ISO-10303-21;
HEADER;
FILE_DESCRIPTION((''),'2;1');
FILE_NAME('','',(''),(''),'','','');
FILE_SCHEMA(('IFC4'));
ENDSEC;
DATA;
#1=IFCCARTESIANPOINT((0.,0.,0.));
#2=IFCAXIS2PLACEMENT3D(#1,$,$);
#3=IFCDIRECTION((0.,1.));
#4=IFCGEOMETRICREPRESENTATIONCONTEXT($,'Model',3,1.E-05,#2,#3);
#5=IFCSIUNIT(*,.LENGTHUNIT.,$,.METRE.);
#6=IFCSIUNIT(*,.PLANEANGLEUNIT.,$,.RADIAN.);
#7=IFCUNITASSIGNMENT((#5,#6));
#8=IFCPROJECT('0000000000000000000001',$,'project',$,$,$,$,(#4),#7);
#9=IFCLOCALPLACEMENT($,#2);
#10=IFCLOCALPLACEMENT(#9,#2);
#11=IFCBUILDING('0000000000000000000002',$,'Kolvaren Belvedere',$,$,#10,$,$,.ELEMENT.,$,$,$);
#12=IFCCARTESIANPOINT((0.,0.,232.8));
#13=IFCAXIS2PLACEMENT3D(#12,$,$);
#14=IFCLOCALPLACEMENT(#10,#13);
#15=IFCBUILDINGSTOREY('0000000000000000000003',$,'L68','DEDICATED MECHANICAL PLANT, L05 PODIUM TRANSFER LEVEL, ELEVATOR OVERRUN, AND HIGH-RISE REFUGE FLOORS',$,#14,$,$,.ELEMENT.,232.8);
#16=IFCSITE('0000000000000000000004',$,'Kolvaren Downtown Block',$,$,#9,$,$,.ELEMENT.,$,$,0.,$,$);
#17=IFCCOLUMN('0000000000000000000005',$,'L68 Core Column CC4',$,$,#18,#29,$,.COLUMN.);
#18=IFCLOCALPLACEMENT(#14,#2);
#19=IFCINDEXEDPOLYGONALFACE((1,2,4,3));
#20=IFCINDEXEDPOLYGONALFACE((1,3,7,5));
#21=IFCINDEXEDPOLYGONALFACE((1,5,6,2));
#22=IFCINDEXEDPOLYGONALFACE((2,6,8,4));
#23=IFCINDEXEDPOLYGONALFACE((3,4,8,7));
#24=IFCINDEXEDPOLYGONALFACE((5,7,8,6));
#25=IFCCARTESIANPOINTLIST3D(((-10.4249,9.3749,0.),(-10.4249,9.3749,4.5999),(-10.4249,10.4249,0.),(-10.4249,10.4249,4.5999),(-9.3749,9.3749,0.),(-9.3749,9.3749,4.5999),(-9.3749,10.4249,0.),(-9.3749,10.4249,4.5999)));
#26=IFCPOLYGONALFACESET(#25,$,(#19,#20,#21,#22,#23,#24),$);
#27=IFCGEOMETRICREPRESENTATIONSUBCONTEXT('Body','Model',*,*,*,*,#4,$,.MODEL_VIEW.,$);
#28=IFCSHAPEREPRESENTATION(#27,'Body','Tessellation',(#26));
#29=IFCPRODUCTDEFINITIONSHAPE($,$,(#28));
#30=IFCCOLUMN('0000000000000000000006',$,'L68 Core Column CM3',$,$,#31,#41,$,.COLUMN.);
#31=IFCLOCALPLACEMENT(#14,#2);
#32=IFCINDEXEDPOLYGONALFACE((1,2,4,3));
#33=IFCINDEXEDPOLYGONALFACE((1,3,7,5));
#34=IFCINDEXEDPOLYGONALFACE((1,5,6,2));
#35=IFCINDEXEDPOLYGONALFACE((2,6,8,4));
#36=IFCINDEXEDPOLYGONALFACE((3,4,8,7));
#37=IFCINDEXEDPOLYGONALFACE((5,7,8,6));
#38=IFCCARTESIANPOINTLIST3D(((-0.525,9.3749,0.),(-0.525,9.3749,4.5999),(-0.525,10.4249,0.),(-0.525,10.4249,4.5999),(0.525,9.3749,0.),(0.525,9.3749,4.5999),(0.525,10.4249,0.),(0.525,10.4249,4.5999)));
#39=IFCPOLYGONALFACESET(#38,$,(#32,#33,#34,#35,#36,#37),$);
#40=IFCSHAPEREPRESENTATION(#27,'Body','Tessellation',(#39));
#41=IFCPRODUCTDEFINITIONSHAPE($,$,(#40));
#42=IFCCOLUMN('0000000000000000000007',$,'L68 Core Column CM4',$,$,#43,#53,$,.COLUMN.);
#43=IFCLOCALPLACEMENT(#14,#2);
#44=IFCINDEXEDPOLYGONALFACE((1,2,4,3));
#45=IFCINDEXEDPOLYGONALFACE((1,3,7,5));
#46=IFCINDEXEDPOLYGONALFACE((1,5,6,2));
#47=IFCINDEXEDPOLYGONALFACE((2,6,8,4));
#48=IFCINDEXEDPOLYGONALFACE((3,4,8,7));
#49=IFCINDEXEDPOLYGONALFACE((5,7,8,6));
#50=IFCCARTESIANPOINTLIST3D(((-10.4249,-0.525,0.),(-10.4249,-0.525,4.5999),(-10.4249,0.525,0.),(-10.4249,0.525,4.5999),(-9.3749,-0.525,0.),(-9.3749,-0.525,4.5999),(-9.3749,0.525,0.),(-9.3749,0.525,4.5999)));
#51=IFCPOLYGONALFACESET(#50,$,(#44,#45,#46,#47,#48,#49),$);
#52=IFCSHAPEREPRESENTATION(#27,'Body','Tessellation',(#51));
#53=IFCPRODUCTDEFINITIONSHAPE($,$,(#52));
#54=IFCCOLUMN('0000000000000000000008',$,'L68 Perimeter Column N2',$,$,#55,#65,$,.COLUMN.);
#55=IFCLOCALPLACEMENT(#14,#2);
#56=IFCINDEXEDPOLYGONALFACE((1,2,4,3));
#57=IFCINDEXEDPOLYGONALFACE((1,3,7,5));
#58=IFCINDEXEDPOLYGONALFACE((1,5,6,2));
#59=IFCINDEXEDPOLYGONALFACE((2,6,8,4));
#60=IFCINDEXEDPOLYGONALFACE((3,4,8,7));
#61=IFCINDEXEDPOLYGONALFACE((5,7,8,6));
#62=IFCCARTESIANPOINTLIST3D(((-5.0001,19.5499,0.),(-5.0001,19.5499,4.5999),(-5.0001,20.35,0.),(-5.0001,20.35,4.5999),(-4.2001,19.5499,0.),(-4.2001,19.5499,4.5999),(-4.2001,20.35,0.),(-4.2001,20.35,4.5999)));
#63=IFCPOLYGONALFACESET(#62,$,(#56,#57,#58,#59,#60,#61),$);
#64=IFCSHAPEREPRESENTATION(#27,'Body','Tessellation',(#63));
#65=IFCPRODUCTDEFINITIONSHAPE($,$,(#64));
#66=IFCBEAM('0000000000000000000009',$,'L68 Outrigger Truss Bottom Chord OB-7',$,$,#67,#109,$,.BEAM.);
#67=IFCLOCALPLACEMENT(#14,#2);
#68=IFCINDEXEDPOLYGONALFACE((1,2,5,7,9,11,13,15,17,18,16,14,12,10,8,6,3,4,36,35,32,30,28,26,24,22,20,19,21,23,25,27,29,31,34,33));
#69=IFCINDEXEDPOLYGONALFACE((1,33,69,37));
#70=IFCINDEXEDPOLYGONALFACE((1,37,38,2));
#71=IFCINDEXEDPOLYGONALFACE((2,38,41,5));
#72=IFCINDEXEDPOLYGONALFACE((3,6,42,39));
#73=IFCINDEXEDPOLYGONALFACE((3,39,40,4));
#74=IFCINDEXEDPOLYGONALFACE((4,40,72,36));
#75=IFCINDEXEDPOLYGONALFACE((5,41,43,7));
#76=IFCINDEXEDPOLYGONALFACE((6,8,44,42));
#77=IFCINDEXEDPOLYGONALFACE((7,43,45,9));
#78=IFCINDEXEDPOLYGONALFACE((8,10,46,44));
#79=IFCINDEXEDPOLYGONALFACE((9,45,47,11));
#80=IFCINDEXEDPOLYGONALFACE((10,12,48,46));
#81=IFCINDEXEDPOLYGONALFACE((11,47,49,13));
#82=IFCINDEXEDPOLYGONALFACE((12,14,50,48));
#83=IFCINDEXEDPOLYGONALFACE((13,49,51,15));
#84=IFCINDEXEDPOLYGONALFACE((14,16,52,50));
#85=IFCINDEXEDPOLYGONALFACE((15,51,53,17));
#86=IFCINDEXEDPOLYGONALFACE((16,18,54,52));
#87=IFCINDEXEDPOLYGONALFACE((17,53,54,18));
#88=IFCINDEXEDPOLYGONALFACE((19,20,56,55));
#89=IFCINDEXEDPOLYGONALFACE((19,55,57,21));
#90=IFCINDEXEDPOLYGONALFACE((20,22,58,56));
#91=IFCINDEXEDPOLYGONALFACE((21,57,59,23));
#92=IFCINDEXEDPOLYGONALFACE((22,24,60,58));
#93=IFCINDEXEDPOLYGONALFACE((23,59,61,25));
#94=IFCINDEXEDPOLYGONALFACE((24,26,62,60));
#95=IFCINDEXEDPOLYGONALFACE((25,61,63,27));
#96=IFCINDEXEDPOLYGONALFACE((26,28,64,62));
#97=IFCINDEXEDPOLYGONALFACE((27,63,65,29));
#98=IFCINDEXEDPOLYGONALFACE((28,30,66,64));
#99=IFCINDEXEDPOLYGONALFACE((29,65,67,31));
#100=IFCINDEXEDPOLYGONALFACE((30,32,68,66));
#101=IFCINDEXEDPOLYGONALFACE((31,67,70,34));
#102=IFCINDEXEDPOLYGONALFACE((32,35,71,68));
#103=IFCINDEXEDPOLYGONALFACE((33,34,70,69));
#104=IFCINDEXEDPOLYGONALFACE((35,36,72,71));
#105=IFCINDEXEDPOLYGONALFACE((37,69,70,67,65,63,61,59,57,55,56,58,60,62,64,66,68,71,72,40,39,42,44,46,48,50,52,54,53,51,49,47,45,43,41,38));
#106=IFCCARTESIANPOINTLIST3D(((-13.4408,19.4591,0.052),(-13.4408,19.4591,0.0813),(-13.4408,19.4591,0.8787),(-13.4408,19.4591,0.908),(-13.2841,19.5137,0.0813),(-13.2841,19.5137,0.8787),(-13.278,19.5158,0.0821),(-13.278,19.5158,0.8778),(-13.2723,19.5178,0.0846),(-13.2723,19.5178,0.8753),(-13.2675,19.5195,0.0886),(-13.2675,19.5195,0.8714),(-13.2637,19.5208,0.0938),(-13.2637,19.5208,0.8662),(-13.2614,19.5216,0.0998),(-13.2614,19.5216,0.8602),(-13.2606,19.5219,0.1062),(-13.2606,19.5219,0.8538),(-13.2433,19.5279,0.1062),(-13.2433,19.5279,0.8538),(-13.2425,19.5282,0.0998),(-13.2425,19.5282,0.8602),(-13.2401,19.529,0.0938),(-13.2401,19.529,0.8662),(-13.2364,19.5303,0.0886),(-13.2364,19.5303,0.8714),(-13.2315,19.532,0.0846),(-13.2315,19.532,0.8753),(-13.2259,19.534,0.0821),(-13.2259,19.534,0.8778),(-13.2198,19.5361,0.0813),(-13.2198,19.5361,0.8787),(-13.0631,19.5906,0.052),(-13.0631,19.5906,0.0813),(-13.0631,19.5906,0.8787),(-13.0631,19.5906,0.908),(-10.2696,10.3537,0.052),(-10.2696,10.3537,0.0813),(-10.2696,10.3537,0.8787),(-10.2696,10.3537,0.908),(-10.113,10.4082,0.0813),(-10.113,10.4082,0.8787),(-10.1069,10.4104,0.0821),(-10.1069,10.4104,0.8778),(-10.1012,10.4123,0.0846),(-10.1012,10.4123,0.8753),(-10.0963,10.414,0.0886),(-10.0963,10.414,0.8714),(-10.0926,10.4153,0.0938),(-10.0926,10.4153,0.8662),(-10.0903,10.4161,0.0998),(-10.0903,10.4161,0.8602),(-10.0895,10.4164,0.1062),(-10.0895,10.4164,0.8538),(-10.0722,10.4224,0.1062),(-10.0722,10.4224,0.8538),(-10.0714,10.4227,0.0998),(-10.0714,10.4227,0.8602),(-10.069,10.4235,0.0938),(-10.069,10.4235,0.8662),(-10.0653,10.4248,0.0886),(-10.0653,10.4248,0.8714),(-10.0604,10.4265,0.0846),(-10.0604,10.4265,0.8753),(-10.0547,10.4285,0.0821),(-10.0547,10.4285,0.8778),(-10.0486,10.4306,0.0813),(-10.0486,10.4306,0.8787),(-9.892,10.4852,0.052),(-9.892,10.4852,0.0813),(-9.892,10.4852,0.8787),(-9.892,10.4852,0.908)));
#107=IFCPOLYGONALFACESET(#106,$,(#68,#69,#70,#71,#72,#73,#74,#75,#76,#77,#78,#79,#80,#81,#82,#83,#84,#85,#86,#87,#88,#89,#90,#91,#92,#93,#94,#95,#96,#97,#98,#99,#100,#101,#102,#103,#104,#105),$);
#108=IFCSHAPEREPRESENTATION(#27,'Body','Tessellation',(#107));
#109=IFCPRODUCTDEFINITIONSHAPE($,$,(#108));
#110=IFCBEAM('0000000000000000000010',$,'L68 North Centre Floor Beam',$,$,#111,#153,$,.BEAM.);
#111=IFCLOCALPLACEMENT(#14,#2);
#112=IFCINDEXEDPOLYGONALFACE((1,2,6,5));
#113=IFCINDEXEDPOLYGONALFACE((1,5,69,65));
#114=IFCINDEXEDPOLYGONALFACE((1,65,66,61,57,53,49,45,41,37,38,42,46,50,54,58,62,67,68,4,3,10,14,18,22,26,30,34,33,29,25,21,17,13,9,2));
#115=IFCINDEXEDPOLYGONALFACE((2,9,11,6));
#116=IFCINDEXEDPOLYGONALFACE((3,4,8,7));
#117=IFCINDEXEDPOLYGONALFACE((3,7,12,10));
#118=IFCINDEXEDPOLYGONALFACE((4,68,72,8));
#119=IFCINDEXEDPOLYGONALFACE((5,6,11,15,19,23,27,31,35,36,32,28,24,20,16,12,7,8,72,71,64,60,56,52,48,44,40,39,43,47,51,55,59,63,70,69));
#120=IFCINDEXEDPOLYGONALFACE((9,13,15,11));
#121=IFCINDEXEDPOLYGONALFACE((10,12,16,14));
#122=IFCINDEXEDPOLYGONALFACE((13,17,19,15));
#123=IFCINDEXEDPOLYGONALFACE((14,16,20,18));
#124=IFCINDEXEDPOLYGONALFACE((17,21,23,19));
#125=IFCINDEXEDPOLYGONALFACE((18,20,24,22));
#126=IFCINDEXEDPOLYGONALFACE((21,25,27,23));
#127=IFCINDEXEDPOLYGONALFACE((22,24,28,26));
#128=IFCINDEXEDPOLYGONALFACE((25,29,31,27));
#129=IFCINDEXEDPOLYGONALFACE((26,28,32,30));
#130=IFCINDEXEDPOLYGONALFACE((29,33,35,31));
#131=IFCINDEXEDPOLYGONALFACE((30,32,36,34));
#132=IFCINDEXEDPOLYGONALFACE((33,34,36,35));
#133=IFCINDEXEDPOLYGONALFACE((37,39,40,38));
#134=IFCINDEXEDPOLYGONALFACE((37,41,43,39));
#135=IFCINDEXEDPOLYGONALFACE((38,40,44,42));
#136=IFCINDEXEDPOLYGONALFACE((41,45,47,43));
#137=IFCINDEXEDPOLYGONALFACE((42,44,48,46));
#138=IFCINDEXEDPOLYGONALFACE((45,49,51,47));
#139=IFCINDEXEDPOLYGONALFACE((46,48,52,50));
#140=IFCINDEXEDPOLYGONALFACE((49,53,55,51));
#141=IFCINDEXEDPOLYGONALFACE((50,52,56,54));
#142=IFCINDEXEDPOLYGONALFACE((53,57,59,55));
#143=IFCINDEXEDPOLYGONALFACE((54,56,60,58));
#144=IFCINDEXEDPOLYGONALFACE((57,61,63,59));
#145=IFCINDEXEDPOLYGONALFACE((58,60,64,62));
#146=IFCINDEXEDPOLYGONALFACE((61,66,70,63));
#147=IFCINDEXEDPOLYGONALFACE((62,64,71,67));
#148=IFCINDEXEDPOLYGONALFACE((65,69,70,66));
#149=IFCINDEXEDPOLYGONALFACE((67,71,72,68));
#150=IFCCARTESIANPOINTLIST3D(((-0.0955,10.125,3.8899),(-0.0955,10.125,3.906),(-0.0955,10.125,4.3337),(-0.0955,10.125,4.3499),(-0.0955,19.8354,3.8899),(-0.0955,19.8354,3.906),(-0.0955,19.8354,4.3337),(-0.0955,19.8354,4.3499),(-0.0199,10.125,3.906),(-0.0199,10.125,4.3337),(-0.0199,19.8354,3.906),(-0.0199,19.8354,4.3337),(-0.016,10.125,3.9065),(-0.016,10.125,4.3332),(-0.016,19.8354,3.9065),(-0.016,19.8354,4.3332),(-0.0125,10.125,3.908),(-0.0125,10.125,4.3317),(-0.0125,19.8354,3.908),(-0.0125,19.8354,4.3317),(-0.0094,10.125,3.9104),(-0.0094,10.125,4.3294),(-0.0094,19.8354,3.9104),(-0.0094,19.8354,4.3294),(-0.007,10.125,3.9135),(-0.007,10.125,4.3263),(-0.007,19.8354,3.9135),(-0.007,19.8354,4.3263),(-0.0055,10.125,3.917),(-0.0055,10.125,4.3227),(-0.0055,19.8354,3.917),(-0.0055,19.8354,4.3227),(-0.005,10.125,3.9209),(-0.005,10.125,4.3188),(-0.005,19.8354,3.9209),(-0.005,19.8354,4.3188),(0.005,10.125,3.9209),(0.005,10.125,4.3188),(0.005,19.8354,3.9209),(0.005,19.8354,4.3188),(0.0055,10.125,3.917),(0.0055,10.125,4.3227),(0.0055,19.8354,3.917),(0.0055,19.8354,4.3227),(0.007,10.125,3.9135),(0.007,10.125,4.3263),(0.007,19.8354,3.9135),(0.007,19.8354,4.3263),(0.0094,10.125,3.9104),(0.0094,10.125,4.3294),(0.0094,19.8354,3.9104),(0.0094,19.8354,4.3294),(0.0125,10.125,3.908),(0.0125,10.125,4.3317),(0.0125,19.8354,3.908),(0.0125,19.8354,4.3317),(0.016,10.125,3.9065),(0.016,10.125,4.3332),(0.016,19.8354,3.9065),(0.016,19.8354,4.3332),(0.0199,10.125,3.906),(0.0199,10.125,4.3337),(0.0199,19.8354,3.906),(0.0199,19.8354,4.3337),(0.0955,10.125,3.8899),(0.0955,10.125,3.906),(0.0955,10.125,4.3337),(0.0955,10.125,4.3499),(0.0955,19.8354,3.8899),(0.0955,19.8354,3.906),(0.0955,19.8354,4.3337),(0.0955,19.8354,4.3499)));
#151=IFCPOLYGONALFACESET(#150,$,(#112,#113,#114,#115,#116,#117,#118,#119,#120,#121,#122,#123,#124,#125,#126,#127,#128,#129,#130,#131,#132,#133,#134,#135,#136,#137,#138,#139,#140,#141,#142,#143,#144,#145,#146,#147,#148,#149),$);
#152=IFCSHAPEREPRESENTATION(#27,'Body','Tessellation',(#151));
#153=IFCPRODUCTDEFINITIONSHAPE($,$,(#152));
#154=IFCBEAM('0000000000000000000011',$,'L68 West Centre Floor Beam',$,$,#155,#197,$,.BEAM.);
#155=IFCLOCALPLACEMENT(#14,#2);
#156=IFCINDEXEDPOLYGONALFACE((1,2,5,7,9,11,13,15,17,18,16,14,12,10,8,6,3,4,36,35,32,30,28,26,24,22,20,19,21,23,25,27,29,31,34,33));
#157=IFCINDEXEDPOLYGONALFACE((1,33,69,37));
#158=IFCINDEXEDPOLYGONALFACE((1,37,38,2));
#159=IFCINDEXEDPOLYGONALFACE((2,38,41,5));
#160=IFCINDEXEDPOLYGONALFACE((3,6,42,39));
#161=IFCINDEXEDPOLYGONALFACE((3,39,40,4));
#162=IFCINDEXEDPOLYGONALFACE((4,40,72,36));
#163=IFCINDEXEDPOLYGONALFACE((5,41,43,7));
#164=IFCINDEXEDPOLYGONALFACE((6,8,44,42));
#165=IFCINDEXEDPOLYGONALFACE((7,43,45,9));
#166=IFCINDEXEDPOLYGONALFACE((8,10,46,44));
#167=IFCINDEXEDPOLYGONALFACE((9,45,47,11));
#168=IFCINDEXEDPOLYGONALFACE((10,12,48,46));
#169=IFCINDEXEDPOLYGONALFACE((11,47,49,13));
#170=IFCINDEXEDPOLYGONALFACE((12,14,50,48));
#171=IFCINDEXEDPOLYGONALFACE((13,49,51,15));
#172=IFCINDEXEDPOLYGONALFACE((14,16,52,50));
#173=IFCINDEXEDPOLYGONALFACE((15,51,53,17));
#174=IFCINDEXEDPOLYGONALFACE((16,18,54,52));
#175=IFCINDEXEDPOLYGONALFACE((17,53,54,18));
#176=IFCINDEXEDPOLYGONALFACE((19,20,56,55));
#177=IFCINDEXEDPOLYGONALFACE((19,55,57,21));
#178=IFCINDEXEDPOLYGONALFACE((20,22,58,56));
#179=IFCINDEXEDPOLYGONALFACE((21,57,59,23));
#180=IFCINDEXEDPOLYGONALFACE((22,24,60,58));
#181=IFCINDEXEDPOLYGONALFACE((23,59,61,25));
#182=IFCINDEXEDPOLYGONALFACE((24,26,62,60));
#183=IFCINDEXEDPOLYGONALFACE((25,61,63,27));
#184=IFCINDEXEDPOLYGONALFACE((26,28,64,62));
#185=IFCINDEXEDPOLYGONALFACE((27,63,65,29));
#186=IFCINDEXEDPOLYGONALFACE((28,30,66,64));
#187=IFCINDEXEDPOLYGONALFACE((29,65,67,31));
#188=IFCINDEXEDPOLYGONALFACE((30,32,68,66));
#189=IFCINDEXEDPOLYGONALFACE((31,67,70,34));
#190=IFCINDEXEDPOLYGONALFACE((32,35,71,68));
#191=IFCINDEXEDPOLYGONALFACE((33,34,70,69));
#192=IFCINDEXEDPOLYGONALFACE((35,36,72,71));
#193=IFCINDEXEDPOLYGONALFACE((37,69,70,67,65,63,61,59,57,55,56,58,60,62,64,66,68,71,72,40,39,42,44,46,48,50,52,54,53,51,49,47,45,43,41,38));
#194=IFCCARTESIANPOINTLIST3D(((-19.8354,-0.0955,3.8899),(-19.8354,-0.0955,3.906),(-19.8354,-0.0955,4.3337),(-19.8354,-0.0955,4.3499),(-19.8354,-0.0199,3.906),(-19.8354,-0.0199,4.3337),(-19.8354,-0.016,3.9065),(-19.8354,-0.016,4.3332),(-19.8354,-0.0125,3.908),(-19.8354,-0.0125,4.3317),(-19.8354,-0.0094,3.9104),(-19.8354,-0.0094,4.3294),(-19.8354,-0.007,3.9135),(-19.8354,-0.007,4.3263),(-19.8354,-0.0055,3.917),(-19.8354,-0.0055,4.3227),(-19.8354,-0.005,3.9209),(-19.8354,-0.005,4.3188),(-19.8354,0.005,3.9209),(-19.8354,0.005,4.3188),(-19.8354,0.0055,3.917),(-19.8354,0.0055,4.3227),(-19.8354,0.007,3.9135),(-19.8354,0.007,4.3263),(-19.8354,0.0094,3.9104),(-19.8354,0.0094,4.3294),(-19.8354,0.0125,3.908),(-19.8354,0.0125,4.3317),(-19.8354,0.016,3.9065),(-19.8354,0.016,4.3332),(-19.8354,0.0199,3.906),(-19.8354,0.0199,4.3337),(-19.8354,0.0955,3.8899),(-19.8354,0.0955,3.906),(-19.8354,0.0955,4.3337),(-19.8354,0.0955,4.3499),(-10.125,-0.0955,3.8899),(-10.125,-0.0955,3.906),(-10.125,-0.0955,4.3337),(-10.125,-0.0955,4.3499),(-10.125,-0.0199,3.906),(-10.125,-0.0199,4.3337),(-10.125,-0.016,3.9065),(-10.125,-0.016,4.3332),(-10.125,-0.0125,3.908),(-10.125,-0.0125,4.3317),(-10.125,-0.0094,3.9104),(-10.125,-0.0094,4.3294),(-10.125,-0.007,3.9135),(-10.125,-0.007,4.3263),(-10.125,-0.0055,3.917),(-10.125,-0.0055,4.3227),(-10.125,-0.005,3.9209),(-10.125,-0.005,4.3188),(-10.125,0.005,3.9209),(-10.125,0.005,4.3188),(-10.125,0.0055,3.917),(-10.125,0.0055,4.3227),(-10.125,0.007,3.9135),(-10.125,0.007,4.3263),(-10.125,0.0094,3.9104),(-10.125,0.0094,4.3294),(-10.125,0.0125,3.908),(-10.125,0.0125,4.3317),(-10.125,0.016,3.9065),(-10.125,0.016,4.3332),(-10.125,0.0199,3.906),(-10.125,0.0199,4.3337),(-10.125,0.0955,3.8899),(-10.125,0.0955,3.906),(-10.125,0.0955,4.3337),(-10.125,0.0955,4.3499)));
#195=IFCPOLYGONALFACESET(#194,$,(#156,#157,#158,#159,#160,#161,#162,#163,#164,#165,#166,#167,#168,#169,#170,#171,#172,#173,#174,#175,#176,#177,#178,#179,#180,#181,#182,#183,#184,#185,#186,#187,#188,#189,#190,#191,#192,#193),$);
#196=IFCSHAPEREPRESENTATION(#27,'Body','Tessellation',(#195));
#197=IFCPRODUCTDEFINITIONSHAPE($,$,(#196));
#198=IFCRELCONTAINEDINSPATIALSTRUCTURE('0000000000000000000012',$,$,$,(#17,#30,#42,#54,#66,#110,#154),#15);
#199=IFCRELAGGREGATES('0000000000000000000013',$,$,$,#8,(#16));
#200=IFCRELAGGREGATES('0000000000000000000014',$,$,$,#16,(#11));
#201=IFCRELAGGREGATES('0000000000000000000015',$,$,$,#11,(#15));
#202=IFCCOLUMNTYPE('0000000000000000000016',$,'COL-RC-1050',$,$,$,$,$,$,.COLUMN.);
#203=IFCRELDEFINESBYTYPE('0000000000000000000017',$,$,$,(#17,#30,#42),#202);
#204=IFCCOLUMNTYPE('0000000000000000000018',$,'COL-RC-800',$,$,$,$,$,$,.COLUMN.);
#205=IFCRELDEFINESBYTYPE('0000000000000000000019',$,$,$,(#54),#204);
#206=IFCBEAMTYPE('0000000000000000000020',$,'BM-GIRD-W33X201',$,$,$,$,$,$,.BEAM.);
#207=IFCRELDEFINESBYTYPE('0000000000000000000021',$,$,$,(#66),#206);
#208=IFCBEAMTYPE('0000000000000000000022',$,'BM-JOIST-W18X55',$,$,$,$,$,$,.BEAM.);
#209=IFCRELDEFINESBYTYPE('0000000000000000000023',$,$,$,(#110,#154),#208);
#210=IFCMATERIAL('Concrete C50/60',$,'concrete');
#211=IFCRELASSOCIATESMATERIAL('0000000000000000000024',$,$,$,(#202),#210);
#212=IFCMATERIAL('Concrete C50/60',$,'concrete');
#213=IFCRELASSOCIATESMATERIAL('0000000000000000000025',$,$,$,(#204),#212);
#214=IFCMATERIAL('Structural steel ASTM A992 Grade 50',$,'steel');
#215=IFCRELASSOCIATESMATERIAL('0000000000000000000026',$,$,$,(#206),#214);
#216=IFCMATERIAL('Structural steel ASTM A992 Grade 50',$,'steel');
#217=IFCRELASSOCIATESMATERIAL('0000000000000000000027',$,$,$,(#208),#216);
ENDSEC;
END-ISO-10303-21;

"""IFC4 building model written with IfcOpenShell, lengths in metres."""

from ifc_helpers import new_model, si_unit, direction, frame, origin, origin_2d, place, context, subcontext, project, spatial, rectangle, i_section, extrude, material, material_profile, profile_set, type_object, element, save


model = new_model("IFC4")

# Units and contexts
model_context = context("Model", 3, precision=1e-05, world=origin(), true_north=direction((0.0, 1.0)))
body_context = subcontext(model_context, "Body", "Model", "MODEL_VIEW")
ifc_project = project(units=[si_unit("LENGTHUNIT", "METRE"), si_unit("PLANEANGLEUNIT", "RADIAN")], contexts=[model_context])

# Site, building, storey
site_placement = place(None, origin())
site = spatial("IfcSite", under=ifc_project, at=site_placement, Name="Kolvaren Downtown Block", CompositionType="ELEMENT", RefElevation=0.0)
building_placement = place(site_placement, origin())
building = spatial("IfcBuilding", under=site, at=building_placement, Name="Kolvaren Belvedere", CompositionType="ELEMENT")
storey_placement = place(building_placement, frame((0.0, 0.0, 232.8)))
storey = spatial("IfcBuildingStorey", under=building, at=storey_placement, Name="L68", Description="DEDICATED MECHANICAL PLANT, L05 PODIUM TRANSFER LEVEL, ELEVATOR OVERRUN, AND HIGH-RISE REFUGE FLOORS", CompositionType="ELEMENT", Elevation=232.8)

# Columns
ifc_material_1 = material(Name="Concrete C50/60", Category="concrete")
ifc_material_profile_1 = material_profile(ifc_material_1, rectangle(XDim=1.05, YDim=1.05, at=origin_2d()), Name="RC 1050X1050")
ifc_profile_set_1 = profile_set([ifc_material_profile_1], Name="Concrete C50/60")
column_type_1 = type_object("IfcColumnType", Name="COL-RC-1050", PredefinedType="COLUMN", material=ifc_profile_set_1)
for number, where, z_axis, x_axis, name in (
    (1, (-9.8999, 9.8999, 0.0), (0.0, 0.0, 1.0), (1.0, 0.0, 0.0), "L68 Core Column CC4"),
    (2, (0.0, 9.8999, 0.0), (0.0, 0.0, 1.0), (1.0, 0.0, 0.0), "L68 Core Column CM3"),
    (3, (-9.8999, 0.0, 0.0), (0.0, 0.0, 1.0), (1.0, 0.0, 0.0), "L68 Core Column CM4"),
):
    element("IfcColumn", number, at=place(storey_placement, frame(where, z_axis=z_axis, x_axis=x_axis)), inside=storey, type_object=column_type_1, Name=name, PredefinedType="COLUMN", context=body_context, shape_type="SweptSolid", body=[
        extrude(rectangle(XDim=1.05, YDim=1.05, at=origin_2d()), origin(), (0.0, 0.0, 1.0), 4.5999),
    ])
ifc_material_2 = material(Name="Concrete C50/60", Category="concrete")
ifc_material_profile_2 = material_profile(ifc_material_2, rectangle(XDim=0.8, YDim=0.8, at=origin_2d()), Name="RC 800X800")
ifc_profile_set_2 = profile_set([ifc_material_profile_2], Name="Concrete C50/60")
column_type_2 = type_object("IfcColumnType", Name="COL-RC-800", PredefinedType="COLUMN", material=ifc_profile_set_2)
column_placement = place(storey_placement, frame((-4.6001, 19.95, 0.0), z_axis=(0.0, 0.0, 1.0), x_axis=(1.0, 0.0, 0.0)))
element("IfcColumn", 4, at=column_placement, inside=storey, type_object=column_type_2, Name="L68 Perimeter Column N2", PredefinedType="COLUMN", context=body_context, shape_type="SweptSolid", body=[
    extrude(rectangle(XDim=0.8, YDim=0.8, at=origin_2d()), origin(), (0.0, 0.0, 1.0), 4.5999),
])

# Beams
ifc_material_3 = material(Name="Structural steel ASTM A992 Grade 50", Category="steel")
ifc_material_profile_3 = material_profile(ifc_material_3, i_section(OverallWidth=0.3999, OverallDepth=0.856, WebThickness=0.0183, FlangeThickness=0.0293, FilletRadius=0.0249, at=origin_2d()), Name="W33X201")
ifc_profile_set_3 = profile_set([ifc_material_profile_3], Name="Structural steel ASTM A992 Grade 50")
beam_type_1 = type_object("IfcBeamType", Name="BM-GIRD-W33X201", PredefinedType="BEAM", material=ifc_profile_set_3)
beam_1_placement = place(storey_placement, frame((-10.0808, 10.4194, 0.48), z_axis=(-0.328893, 0.944367, 0.0), x_axis=(-0.944367, -0.328893, 0.0)))
element("IfcBeam", 5, at=beam_1_placement, inside=storey, type_object=beam_type_1, Name="L68 Outrigger Truss Bottom Chord OB-7", PredefinedType="BEAM", context=body_context, shape_type="SweptSolid", body=[
    extrude(i_section(OverallWidth=0.3999, OverallDepth=0.856, WebThickness=0.0183, FlangeThickness=0.0293, FilletRadius=0.0249, at=origin_2d()), origin(), (0.0, 0.0, 1.0), 9.6418),
])
ifc_material_4 = material(Name="Structural steel ASTM A992 Grade 50", Category="steel")
ifc_material_profile_4 = material_profile(ifc_material_4, i_section(OverallWidth=0.1909, OverallDepth=0.46, WebThickness=0.01, FlangeThickness=0.0161, FilletRadius=0.0149, at=origin_2d()), Name="W18X55")
ifc_profile_set_4 = profile_set([ifc_material_profile_4], Name="Structural steel ASTM A992 Grade 50")
beam_type_2 = type_object("IfcBeamType", Name="BM-JOIST-W18X55", PredefinedType="BEAM", material=ifc_profile_set_4)
for number, where, z_axis, x_axis, name in (
    (6, (0.0, 10.125, 4.1199), (0.0, 1.0, 0.0), (-1.0, 0.0, 0.0), "L68 North Centre Floor Beam"),
    (7, (-10.125, 0.0, 4.1199), (-1.0, 0.0, 0.0), (0.0, -1.0, 0.0), "L68 West Centre Floor Beam"),
):
    element("IfcBeam", number, at=place(storey_placement, frame(where, z_axis=z_axis, x_axis=x_axis)), inside=storey, type_object=beam_type_2, Name=name, PredefinedType="BEAM", context=body_context, shape_type="SweptSolid", body=[
        extrude(i_section(OverallWidth=0.1909, OverallDepth=0.46, WebThickness=0.01, FlangeThickness=0.0161, FilletRadius=0.0149, at=origin_2d()), origin(), (0.0, 0.0, 1.0), 9.7104),
    ])

save(model, "model.ifc")
